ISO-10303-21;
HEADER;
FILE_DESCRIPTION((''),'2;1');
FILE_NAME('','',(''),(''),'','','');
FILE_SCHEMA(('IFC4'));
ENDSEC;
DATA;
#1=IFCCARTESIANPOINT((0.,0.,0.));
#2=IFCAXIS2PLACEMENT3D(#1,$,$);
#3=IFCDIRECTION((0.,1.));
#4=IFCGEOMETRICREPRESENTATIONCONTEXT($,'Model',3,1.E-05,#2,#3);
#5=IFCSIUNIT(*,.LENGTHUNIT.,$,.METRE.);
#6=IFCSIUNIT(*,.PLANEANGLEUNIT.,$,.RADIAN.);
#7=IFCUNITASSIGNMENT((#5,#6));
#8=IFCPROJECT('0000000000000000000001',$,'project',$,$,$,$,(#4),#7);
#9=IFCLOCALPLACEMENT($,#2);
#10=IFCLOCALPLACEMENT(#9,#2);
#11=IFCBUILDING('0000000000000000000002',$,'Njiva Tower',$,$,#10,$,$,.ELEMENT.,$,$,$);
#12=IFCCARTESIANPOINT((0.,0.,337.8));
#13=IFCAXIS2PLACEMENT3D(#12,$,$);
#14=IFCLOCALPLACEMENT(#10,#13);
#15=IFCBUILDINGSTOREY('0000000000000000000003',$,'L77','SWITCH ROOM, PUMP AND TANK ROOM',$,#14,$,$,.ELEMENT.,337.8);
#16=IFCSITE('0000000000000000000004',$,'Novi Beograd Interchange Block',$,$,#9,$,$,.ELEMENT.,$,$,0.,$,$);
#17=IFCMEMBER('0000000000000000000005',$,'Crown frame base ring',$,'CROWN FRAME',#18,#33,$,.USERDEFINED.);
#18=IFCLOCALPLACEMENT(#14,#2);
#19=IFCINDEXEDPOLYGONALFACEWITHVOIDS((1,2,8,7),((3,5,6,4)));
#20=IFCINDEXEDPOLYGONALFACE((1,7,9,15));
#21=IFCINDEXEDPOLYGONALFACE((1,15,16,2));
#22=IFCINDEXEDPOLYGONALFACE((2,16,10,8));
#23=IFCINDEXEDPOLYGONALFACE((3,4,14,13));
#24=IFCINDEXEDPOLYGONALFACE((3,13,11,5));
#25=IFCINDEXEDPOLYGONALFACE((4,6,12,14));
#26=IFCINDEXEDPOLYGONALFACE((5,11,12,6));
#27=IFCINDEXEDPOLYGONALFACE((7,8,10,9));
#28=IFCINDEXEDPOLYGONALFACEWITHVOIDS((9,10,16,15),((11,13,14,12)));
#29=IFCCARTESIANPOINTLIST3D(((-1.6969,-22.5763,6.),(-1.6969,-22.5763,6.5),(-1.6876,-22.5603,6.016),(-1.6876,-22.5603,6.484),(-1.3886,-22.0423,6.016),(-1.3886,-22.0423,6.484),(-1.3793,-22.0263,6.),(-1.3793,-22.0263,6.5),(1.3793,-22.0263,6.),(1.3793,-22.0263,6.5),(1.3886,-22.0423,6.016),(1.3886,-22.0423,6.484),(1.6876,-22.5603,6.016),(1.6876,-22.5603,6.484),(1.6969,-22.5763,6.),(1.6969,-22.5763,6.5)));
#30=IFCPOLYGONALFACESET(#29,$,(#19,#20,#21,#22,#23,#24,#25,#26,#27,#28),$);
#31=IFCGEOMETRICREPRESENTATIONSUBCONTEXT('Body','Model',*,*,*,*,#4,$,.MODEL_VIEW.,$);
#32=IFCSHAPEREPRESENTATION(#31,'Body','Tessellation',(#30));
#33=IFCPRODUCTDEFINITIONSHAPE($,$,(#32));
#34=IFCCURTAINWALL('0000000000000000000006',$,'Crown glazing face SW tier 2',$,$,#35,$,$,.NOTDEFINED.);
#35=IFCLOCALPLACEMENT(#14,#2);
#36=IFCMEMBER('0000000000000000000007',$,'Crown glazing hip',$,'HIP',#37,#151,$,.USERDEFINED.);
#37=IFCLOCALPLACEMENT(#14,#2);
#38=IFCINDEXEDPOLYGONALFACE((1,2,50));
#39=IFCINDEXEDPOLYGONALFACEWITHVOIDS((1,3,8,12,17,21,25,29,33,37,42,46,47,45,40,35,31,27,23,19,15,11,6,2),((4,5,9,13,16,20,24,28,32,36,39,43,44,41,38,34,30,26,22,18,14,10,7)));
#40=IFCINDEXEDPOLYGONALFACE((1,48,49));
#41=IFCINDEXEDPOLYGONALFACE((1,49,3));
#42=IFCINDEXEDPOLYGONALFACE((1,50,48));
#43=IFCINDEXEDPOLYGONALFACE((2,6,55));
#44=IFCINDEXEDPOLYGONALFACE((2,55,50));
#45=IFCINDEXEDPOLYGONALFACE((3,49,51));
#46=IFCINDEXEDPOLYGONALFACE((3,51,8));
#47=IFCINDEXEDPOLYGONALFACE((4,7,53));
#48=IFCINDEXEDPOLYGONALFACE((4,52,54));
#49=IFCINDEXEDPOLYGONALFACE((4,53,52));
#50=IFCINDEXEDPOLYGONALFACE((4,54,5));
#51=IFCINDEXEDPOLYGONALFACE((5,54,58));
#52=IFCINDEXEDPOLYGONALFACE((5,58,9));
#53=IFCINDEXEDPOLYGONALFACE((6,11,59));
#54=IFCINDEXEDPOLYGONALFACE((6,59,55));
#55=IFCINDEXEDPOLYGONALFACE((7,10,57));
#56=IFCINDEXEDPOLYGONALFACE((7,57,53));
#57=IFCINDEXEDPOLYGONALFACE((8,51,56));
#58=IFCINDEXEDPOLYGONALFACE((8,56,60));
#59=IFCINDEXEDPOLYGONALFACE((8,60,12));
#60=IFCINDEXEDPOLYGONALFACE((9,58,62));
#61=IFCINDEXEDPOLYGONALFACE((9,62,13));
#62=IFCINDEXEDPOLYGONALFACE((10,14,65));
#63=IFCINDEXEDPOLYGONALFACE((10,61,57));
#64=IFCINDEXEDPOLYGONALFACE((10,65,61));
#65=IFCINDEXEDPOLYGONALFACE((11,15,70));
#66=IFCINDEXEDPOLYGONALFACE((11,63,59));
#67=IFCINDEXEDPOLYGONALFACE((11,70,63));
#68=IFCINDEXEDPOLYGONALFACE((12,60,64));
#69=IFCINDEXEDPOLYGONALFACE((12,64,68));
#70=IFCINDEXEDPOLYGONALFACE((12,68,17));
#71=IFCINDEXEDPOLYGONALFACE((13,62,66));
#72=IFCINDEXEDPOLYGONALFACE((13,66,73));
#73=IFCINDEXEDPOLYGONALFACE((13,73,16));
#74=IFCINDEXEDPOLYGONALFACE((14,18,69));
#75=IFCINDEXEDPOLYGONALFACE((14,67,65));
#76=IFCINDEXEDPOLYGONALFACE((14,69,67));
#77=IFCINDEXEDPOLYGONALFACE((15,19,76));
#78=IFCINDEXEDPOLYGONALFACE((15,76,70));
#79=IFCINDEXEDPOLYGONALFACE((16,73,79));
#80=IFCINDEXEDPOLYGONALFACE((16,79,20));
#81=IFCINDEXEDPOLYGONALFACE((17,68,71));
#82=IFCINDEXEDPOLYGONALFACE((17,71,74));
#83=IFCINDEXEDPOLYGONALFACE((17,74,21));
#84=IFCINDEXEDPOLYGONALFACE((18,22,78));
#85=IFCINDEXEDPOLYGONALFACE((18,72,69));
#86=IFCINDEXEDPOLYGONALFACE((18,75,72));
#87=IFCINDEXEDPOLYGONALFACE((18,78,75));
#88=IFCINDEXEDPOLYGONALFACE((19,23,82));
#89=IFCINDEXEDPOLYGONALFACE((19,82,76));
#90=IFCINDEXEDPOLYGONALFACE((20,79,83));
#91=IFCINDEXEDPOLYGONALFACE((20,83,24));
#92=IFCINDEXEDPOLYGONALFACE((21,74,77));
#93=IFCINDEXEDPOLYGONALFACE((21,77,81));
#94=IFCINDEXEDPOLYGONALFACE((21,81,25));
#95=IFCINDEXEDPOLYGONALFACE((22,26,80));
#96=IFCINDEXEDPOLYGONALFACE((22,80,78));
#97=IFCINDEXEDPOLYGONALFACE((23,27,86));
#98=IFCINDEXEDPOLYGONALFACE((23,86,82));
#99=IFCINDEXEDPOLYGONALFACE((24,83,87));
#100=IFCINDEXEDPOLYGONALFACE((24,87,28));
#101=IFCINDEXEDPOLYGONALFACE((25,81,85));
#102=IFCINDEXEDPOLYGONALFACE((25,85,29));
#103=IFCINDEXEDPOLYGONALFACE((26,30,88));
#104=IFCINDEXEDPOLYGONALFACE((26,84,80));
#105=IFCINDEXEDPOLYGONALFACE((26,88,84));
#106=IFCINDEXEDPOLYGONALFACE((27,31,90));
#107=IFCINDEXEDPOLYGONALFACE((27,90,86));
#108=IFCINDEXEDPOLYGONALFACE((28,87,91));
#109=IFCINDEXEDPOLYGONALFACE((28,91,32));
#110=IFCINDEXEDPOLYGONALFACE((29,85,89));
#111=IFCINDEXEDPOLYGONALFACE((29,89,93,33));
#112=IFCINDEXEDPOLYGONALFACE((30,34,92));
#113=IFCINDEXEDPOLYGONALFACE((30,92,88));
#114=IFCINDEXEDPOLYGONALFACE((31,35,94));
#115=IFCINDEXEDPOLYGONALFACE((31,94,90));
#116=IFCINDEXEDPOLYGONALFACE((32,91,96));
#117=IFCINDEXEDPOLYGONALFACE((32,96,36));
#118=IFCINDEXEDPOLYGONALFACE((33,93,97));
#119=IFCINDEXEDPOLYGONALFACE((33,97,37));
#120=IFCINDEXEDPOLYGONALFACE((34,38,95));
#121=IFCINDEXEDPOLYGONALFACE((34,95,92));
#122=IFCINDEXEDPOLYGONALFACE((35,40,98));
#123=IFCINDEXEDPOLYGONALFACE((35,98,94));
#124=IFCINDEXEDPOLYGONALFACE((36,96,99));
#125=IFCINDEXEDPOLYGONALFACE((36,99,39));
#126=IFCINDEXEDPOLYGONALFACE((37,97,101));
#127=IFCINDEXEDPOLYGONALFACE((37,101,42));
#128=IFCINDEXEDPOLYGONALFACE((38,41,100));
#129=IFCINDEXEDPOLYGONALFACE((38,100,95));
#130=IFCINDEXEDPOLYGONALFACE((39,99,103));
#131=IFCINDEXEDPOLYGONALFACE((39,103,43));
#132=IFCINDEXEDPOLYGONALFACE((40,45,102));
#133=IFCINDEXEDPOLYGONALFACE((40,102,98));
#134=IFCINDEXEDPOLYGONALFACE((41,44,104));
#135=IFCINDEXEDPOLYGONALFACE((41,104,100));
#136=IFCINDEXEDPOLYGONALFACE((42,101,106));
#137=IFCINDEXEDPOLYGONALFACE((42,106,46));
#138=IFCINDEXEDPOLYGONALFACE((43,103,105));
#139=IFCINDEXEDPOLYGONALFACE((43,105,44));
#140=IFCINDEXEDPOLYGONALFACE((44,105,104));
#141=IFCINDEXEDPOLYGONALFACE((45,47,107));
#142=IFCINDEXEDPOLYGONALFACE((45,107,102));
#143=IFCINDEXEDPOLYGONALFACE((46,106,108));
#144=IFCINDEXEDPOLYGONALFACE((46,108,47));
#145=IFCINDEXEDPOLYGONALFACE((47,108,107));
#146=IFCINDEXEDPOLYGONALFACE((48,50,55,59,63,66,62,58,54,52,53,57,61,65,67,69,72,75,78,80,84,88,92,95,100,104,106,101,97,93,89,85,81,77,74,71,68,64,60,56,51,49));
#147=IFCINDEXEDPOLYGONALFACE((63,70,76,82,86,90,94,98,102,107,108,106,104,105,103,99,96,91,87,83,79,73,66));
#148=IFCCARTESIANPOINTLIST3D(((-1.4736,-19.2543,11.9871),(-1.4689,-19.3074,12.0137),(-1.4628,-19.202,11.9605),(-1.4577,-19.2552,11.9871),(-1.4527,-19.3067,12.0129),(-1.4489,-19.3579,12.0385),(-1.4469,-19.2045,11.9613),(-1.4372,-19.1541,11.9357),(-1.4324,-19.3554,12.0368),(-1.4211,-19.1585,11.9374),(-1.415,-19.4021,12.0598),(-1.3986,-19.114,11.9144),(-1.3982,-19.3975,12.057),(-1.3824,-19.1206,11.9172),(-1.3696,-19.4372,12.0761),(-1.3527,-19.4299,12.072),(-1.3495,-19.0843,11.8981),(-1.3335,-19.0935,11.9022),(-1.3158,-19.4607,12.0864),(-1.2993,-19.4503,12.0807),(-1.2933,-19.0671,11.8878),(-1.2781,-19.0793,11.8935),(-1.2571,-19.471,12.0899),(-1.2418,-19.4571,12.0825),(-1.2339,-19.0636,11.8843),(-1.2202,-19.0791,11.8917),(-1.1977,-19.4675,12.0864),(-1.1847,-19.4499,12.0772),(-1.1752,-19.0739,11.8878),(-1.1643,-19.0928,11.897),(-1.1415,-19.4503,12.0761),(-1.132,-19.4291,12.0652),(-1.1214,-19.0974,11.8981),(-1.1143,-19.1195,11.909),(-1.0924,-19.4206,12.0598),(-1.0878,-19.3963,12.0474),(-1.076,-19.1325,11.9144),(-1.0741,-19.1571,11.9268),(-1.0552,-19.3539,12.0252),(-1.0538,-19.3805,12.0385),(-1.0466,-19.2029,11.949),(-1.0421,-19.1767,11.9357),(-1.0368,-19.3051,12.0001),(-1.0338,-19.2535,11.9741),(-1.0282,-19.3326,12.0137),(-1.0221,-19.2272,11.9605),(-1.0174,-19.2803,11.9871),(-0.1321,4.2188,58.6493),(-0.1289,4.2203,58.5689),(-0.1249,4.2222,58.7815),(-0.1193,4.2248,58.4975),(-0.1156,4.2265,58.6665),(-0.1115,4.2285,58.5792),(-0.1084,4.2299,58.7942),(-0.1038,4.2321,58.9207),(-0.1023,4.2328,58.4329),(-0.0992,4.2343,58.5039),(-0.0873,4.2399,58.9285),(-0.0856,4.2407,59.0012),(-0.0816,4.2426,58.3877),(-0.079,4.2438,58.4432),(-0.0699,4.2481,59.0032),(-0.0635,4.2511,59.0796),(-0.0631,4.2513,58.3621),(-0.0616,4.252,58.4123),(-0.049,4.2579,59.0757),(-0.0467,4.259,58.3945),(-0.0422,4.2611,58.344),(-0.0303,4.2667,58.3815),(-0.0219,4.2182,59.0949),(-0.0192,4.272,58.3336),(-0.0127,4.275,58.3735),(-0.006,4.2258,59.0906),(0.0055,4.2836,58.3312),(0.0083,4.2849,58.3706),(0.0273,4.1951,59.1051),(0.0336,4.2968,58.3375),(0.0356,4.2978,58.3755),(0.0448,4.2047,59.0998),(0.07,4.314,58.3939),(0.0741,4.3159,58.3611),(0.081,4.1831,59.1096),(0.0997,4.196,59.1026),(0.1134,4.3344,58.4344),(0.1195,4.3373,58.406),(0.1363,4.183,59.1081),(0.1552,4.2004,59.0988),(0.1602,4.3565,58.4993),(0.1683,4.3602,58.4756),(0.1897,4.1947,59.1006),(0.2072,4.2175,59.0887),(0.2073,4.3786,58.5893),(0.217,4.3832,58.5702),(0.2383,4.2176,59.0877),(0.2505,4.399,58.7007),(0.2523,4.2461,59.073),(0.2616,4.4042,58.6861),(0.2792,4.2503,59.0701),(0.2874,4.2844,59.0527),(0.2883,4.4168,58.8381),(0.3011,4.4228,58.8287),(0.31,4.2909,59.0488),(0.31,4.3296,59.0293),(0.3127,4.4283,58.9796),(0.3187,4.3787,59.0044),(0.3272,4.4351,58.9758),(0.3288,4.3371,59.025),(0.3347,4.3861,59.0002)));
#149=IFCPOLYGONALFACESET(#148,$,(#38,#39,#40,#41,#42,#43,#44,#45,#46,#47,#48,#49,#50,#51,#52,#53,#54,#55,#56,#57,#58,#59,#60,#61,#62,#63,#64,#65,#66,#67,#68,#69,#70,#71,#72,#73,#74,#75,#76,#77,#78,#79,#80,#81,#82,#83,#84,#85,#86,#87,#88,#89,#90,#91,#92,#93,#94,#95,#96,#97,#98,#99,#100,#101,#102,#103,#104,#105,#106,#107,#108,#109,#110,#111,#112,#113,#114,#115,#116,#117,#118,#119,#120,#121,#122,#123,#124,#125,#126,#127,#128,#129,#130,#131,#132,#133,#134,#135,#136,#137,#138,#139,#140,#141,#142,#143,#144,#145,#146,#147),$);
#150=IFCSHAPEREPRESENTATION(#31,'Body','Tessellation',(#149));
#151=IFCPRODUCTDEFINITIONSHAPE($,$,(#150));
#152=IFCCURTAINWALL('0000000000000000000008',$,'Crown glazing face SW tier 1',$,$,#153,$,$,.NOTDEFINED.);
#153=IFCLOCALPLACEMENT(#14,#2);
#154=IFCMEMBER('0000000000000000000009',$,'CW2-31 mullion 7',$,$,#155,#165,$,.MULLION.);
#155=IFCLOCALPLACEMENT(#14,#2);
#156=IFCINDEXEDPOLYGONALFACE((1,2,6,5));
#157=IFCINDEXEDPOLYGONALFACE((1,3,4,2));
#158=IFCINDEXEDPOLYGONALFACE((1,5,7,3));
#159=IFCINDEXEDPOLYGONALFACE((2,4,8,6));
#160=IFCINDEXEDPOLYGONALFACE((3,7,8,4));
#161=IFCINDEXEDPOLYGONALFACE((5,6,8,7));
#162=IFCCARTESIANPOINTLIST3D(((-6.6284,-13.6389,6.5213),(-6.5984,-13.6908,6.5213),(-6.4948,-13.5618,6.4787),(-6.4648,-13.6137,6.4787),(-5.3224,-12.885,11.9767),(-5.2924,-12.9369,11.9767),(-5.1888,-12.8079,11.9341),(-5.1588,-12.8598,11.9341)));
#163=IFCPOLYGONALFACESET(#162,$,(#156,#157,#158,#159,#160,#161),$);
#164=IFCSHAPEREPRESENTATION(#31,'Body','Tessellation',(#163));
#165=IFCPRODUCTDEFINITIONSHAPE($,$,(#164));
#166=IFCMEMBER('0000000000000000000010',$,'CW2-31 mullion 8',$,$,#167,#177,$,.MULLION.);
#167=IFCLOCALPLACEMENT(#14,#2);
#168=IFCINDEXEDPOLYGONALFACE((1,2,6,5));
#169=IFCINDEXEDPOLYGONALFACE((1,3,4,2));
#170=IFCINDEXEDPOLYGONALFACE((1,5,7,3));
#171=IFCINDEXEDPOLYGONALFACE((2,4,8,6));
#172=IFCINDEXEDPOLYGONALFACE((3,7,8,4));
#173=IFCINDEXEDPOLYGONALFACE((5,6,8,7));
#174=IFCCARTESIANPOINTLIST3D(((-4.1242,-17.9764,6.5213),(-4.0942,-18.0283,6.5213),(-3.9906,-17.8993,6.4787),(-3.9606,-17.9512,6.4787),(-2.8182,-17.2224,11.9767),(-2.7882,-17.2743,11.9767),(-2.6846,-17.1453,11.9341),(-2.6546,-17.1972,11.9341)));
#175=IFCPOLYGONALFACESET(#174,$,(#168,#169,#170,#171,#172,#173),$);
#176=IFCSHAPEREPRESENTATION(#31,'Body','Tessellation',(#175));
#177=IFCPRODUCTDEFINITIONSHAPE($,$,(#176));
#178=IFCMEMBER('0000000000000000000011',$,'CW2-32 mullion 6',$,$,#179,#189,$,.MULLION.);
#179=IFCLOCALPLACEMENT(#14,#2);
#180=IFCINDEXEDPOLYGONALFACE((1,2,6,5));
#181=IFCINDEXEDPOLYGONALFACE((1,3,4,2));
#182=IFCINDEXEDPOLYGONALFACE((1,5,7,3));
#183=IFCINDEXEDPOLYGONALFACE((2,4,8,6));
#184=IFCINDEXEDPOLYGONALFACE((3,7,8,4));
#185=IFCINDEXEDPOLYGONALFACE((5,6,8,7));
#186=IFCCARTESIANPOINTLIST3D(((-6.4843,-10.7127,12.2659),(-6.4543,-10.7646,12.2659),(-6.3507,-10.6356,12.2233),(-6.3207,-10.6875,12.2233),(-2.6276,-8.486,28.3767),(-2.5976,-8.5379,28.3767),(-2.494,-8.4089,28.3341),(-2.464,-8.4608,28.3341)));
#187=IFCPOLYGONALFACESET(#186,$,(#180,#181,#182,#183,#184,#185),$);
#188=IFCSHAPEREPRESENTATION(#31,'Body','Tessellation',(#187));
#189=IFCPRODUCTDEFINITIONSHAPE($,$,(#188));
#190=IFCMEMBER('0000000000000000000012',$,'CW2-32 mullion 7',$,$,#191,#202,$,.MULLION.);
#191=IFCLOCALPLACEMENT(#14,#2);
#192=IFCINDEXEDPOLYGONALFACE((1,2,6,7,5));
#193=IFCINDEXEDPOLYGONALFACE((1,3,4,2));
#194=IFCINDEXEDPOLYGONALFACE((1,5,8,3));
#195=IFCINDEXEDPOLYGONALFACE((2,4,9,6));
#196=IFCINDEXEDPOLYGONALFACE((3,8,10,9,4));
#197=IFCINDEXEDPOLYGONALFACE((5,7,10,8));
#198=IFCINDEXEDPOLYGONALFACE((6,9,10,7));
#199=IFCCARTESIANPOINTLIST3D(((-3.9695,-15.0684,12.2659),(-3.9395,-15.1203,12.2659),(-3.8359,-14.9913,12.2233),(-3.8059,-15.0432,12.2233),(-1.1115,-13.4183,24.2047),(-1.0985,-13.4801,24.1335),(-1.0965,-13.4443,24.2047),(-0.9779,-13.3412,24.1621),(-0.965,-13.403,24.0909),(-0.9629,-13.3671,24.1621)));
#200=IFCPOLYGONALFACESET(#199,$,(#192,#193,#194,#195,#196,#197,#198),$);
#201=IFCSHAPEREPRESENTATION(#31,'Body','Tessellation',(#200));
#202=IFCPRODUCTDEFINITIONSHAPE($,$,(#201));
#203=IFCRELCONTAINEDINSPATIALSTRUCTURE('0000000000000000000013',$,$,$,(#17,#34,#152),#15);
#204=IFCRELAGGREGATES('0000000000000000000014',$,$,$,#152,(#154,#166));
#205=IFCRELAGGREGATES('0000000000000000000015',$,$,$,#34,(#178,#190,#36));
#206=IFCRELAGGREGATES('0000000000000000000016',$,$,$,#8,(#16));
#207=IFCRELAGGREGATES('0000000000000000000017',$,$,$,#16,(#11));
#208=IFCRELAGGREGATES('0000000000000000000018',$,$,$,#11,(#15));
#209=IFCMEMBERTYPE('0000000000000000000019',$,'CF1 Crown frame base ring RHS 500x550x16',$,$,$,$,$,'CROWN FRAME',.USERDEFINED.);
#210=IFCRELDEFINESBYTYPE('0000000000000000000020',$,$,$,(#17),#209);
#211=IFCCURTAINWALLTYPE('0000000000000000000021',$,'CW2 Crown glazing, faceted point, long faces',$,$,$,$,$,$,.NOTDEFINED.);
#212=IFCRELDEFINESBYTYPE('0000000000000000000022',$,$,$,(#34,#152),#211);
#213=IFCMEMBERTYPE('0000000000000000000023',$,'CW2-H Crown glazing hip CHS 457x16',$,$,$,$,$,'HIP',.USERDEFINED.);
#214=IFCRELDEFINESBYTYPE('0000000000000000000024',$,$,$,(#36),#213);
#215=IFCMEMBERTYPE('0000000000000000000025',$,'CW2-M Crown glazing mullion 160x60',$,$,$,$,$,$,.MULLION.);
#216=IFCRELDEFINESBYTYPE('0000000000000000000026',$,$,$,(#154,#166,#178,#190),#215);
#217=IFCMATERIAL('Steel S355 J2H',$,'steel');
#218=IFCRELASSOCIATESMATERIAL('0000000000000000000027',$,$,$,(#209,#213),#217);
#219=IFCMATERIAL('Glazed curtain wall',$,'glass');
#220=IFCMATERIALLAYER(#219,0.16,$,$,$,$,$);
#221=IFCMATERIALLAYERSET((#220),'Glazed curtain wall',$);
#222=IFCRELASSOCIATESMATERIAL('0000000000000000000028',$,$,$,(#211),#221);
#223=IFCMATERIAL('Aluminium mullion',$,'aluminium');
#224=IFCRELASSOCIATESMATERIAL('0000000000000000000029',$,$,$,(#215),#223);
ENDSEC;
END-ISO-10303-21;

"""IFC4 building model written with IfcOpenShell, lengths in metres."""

from ifc_helpers import new_model, si_unit, direction, frame, origin, origin_2d, place, context, subcontext, project, spatial, rectangle, hollow_rectangle, hollow_circle, extrude, clip, halfspace, material, layer, layer_set, material_profile, profile_set, type_object, element, aggregate, save


model = new_model("IFC4")

# Units and contexts
model_context = context("Model", 3, precision=1e-05, world=origin(), true_north=direction((0.0, 1.0)))
body_context = subcontext(model_context, "Body", "Model", "MODEL_VIEW")
ifc_project = project(units=[si_unit("LENGTHUNIT", "METRE"), si_unit("PLANEANGLEUNIT", "RADIAN")], contexts=[model_context])

# Site, building, storey
site_placement = place(None, origin())
site = spatial("IfcSite", under=ifc_project, at=site_placement, Name="Novi Beograd Interchange Block", CompositionType="ELEMENT", RefElevation=0.0)
building_placement = place(site_placement, origin())
building = spatial("IfcBuilding", under=site, at=building_placement, Name="Njiva Tower", CompositionType="ELEMENT")
storey_placement = place(building_placement, frame((0.0, 0.0, 337.8)))
storey = spatial("IfcBuildingStorey", under=building, at=storey_placement, Name="L77", Description="SWITCH ROOM, PUMP AND TANK ROOM", CompositionType="ELEMENT", Elevation=337.8)

# Member
ifc_material_1 = material(Name="Steel S355 J2H", Category="steel")
ifc_material_profile_1 = material_profile(ifc_material_1, hollow_rectangle(XDim=0.55, YDim=0.5, WallThickness=0.016, at=origin_2d()), Name="BOX 500x550x16")
ifc_profile_set_1 = profile_set([ifc_material_profile_1], Name="Steel S355 J2H")
member_type_1 = type_object("IfcMemberType", Name="CF1 Crown frame base ring RHS 500x550x16", ElementType="CROWN FRAME", PredefinedType="USERDEFINED", material=ifc_profile_set_1)
member_1_placement = place(storey_placement, frame((-2.1381, -22.3013, 6.25), z_axis=(1.0, 0.0, 0.0), x_axis=(0.0, 1.0, 0.0)))
element("IfcMember", 1, at=member_1_placement, inside=storey, type_object=member_type_1, Name="Crown frame base ring", ObjectType="CROWN FRAME", PredefinedType="USERDEFINED", context=body_context, shape_type="Clipping", body=[
    clip(clip(extrude(hollow_rectangle(XDim=0.55, YDim=0.5, WallThickness=0.016, at=origin_2d()), origin(), (0.0, 0.0, 1.0), 4.2762), halfspace(frame((0.0, 0.0, 0.6), z_axis=(0.5, 0.0, -0.866025), x_axis=(0.0, -1.0, 0.0)), False)), halfspace(frame((0.0, 0.0, 3.6762), z_axis=(0.5, 0.0, 0.866025), x_axis=(0.0, 1.0, 0.0)), False)),
])

# Curtain wall, member
ifc_material_2 = material(Name="Glazed curtain wall", Category="glass")
ifc_layer_1 = layer(ifc_material_2, 0.16)
ifc_layer_set_1 = layer_set([ifc_layer_1], Name="Glazed curtain wall")
curtain_wall_type_1 = type_object("IfcCurtainWallType", Name="CW2 Crown glazing, faceted point, long faces", PredefinedType="NOTDEFINED", material=ifc_layer_set_1)
curtain_wall_1_placement = place(storey_placement, origin())
curtain_wall_1 = element("IfcCurtainWall", 2, at=curtain_wall_1_placement, inside=storey, type_object=curtain_wall_type_1, Name="Crown glazing face SW tier 2", PredefinedType="NOTDEFINED")
ifc_material_profile_2 = material_profile(ifc_material_1, hollow_circle(Radius=0.2285, WallThickness=0.016, at=origin_2d()), Name="CHS 457x16")
ifc_profile_set_2 = profile_set([ifc_material_profile_2], Name="Steel S355 J2H")
member_type_2 = type_object("IfcMemberType", Name="CW2-H Crown glazing hip CHS 457x16", ElementType="HIP", PredefinedType="USERDEFINED", material=ifc_profile_set_2)
member_2_placement = place(storey_placement, frame((-1.2455, -19.2673, 11.9871), z_axis=(0.025675, 0.449238, 0.893043), x_axis=(-0.998371, 0.057058, 0.0)))
member_2 = element("IfcMember", 3, at=member_2_placement, type_object=member_type_2, Name="Crown glazing hip", ObjectType="HIP", PredefinedType="USERDEFINED", context=body_context, shape_type="Clipping", body=[
    clip(extrude(hollow_circle(Radius=0.2285, WallThickness=0.016, at=origin_2d()), origin(), (0.0, 0.0, 1.0), 52.6513), halfspace(frame((-0.0236, 0.0388, 52.6318), z_axis=(0.476991, -0.784903, 0.395484), x_axis=(0.0, 0.449971, 0.893043)), False)),
])

# Curtain wall, members
curtain_wall_2_placement = place(storey_placement, origin())
curtain_wall_2 = element("IfcCurtainWall", 4, at=curtain_wall_2_placement, inside=storey, type_object=curtain_wall_type_1, Name="Crown glazing face SW tier 1", PredefinedType="NOTDEFINED")
ifc_material_3 = material(Name="Aluminium mullion", Category="aluminium")
ifc_material_profile_3 = material_profile(ifc_material_3, rectangle(XDim=0.16, YDim=0.06, at=origin_2d()), Name="RECT 160x60")
ifc_profile_set_3 = profile_set([ifc_material_profile_3], Name="Aluminium mullion")
member_type_3 = type_object("IfcMemberType", Name="CW2-M Crown glazing mullion 160x60", PredefinedType="MULLION", material=ifc_profile_set_3)
member_3_placement = place(storey_placement, frame((-6.5466, -13.6263, 6.5), z_axis=(0.230743, 0.133198, 0.963855), x_axis=(-0.834756, -0.48187, 0.266428)))
member_3 = element("IfcMember", 5, at=member_3_placement, type_object=member_type_3, Name="CW2-31 mullion 7", PredefinedType="MULLION", context=body_context, shape_type="Clipping", body=[
    clip(clip(extrude(rectangle(XDim=0.16, YDim=0.06, at=origin_2d()), origin(), (0.0, 0.0, 1.0), 5.66), halfspace(frame((0.08, 0.0, 0.0), z_axis=(0.0, 0.000018, -1.0), x_axis=(0.0, -1.0, -0.000018)), False)), halfspace(frame((0.08, -0.0001, 5.66), z_axis=(0.0, -0.000018, 1.0), x_axis=(0.0, 1.0, 0.000018)), False)),
])
member_4_placement = place(storey_placement, frame((-4.0424, -17.9638, 6.5), z_axis=(0.230742, 0.133216, 0.963852), x_axis=(-0.834726, -0.481917, 0.266436)))
member_4 = element("IfcMember", 6, at=member_4_placement, type_object=member_type_3, Name="CW2-31 mullion 8", PredefinedType="MULLION", context=body_context, shape_type="Clipping", body=[
    clip(clip(extrude(rectangle(XDim=0.16, YDim=0.06, at=origin_2d()), origin(), (0.0, 0.0, 1.0), 5.66), halfspace(frame((0.08, 0.0, 0.0), z_axis=(-0.000008, 0.000003, -1.0), x_axis=(0.0, -1.0, -0.000003)), False)), halfspace(frame((0.08, 0.0, 5.66), z_axis=(0.000008, -0.000003, 1.0), x_axis=(0.0, 1.0, 0.000003)), False)),
])

# Members
member_5_placement = place(storey_placement, frame((-6.4025, -10.7001, 12.2446), z_axis=(0.230733, 0.133216, 0.963855), x_axis=(-0.834719, -0.481933, 0.266429)))
member_5 = element("IfcMember", 7, at=member_5_placement, type_object=member_type_3, Name="CW2-32 mullion 6", PredefinedType="MULLION", context=body_context, shape_type="Clipping", body=[
    clip(clip(extrude(rectangle(XDim=0.16, YDim=0.06, at=origin_2d()), origin(), (0.0, 0.0, 1.0), 16.715), halfspace(frame((0.08, 0.0, 0.0), z_axis=(0.0, -0.000002, -1.0), x_axis=(0.0, -1.0, 0.000002)), False)), halfspace(frame((0.08, 0.0, 16.715), z_axis=(0.0, 0.000002, 1.0), x_axis=(0.0, 1.0, -0.000002)), False)),
])
member_6_placement = place(storey_placement, frame((-3.8877, -15.0558, 12.2446), z_axis=(0.230735, 0.133217, 0.963854), x_axis=(-0.834718, -0.481934, 0.266431)))
member_6 = element("IfcMember", 8, at=member_6_placement, type_object=member_type_3, Name="CW2-32 mullion 7", PredefinedType="MULLION", context=body_context, shape_type="Clipping", body=[
    clip(clip(extrude(rectangle(XDim=0.16, YDim=0.06, at=origin_2d()), origin(), (0.0, 0.0, 1.0), 12.3865), halfspace(frame((0.08, 0.0, 0.0), z_axis=(-0.000002, -0.000002, -1.0), x_axis=(0.0, -1.0, 0.000002)), False)), halfspace(frame((0.08, 0.0, 12.3865), z_axis=(0.000009, 0.926533, 0.376213), x_axis=(0.0, 0.376213, -0.926533)), False)),
])

aggregate(curtain_wall_2, [member_3, member_4])
aggregate(curtain_wall_1, [member_5, member_6, member_2])

save(model, "model.ifc")
